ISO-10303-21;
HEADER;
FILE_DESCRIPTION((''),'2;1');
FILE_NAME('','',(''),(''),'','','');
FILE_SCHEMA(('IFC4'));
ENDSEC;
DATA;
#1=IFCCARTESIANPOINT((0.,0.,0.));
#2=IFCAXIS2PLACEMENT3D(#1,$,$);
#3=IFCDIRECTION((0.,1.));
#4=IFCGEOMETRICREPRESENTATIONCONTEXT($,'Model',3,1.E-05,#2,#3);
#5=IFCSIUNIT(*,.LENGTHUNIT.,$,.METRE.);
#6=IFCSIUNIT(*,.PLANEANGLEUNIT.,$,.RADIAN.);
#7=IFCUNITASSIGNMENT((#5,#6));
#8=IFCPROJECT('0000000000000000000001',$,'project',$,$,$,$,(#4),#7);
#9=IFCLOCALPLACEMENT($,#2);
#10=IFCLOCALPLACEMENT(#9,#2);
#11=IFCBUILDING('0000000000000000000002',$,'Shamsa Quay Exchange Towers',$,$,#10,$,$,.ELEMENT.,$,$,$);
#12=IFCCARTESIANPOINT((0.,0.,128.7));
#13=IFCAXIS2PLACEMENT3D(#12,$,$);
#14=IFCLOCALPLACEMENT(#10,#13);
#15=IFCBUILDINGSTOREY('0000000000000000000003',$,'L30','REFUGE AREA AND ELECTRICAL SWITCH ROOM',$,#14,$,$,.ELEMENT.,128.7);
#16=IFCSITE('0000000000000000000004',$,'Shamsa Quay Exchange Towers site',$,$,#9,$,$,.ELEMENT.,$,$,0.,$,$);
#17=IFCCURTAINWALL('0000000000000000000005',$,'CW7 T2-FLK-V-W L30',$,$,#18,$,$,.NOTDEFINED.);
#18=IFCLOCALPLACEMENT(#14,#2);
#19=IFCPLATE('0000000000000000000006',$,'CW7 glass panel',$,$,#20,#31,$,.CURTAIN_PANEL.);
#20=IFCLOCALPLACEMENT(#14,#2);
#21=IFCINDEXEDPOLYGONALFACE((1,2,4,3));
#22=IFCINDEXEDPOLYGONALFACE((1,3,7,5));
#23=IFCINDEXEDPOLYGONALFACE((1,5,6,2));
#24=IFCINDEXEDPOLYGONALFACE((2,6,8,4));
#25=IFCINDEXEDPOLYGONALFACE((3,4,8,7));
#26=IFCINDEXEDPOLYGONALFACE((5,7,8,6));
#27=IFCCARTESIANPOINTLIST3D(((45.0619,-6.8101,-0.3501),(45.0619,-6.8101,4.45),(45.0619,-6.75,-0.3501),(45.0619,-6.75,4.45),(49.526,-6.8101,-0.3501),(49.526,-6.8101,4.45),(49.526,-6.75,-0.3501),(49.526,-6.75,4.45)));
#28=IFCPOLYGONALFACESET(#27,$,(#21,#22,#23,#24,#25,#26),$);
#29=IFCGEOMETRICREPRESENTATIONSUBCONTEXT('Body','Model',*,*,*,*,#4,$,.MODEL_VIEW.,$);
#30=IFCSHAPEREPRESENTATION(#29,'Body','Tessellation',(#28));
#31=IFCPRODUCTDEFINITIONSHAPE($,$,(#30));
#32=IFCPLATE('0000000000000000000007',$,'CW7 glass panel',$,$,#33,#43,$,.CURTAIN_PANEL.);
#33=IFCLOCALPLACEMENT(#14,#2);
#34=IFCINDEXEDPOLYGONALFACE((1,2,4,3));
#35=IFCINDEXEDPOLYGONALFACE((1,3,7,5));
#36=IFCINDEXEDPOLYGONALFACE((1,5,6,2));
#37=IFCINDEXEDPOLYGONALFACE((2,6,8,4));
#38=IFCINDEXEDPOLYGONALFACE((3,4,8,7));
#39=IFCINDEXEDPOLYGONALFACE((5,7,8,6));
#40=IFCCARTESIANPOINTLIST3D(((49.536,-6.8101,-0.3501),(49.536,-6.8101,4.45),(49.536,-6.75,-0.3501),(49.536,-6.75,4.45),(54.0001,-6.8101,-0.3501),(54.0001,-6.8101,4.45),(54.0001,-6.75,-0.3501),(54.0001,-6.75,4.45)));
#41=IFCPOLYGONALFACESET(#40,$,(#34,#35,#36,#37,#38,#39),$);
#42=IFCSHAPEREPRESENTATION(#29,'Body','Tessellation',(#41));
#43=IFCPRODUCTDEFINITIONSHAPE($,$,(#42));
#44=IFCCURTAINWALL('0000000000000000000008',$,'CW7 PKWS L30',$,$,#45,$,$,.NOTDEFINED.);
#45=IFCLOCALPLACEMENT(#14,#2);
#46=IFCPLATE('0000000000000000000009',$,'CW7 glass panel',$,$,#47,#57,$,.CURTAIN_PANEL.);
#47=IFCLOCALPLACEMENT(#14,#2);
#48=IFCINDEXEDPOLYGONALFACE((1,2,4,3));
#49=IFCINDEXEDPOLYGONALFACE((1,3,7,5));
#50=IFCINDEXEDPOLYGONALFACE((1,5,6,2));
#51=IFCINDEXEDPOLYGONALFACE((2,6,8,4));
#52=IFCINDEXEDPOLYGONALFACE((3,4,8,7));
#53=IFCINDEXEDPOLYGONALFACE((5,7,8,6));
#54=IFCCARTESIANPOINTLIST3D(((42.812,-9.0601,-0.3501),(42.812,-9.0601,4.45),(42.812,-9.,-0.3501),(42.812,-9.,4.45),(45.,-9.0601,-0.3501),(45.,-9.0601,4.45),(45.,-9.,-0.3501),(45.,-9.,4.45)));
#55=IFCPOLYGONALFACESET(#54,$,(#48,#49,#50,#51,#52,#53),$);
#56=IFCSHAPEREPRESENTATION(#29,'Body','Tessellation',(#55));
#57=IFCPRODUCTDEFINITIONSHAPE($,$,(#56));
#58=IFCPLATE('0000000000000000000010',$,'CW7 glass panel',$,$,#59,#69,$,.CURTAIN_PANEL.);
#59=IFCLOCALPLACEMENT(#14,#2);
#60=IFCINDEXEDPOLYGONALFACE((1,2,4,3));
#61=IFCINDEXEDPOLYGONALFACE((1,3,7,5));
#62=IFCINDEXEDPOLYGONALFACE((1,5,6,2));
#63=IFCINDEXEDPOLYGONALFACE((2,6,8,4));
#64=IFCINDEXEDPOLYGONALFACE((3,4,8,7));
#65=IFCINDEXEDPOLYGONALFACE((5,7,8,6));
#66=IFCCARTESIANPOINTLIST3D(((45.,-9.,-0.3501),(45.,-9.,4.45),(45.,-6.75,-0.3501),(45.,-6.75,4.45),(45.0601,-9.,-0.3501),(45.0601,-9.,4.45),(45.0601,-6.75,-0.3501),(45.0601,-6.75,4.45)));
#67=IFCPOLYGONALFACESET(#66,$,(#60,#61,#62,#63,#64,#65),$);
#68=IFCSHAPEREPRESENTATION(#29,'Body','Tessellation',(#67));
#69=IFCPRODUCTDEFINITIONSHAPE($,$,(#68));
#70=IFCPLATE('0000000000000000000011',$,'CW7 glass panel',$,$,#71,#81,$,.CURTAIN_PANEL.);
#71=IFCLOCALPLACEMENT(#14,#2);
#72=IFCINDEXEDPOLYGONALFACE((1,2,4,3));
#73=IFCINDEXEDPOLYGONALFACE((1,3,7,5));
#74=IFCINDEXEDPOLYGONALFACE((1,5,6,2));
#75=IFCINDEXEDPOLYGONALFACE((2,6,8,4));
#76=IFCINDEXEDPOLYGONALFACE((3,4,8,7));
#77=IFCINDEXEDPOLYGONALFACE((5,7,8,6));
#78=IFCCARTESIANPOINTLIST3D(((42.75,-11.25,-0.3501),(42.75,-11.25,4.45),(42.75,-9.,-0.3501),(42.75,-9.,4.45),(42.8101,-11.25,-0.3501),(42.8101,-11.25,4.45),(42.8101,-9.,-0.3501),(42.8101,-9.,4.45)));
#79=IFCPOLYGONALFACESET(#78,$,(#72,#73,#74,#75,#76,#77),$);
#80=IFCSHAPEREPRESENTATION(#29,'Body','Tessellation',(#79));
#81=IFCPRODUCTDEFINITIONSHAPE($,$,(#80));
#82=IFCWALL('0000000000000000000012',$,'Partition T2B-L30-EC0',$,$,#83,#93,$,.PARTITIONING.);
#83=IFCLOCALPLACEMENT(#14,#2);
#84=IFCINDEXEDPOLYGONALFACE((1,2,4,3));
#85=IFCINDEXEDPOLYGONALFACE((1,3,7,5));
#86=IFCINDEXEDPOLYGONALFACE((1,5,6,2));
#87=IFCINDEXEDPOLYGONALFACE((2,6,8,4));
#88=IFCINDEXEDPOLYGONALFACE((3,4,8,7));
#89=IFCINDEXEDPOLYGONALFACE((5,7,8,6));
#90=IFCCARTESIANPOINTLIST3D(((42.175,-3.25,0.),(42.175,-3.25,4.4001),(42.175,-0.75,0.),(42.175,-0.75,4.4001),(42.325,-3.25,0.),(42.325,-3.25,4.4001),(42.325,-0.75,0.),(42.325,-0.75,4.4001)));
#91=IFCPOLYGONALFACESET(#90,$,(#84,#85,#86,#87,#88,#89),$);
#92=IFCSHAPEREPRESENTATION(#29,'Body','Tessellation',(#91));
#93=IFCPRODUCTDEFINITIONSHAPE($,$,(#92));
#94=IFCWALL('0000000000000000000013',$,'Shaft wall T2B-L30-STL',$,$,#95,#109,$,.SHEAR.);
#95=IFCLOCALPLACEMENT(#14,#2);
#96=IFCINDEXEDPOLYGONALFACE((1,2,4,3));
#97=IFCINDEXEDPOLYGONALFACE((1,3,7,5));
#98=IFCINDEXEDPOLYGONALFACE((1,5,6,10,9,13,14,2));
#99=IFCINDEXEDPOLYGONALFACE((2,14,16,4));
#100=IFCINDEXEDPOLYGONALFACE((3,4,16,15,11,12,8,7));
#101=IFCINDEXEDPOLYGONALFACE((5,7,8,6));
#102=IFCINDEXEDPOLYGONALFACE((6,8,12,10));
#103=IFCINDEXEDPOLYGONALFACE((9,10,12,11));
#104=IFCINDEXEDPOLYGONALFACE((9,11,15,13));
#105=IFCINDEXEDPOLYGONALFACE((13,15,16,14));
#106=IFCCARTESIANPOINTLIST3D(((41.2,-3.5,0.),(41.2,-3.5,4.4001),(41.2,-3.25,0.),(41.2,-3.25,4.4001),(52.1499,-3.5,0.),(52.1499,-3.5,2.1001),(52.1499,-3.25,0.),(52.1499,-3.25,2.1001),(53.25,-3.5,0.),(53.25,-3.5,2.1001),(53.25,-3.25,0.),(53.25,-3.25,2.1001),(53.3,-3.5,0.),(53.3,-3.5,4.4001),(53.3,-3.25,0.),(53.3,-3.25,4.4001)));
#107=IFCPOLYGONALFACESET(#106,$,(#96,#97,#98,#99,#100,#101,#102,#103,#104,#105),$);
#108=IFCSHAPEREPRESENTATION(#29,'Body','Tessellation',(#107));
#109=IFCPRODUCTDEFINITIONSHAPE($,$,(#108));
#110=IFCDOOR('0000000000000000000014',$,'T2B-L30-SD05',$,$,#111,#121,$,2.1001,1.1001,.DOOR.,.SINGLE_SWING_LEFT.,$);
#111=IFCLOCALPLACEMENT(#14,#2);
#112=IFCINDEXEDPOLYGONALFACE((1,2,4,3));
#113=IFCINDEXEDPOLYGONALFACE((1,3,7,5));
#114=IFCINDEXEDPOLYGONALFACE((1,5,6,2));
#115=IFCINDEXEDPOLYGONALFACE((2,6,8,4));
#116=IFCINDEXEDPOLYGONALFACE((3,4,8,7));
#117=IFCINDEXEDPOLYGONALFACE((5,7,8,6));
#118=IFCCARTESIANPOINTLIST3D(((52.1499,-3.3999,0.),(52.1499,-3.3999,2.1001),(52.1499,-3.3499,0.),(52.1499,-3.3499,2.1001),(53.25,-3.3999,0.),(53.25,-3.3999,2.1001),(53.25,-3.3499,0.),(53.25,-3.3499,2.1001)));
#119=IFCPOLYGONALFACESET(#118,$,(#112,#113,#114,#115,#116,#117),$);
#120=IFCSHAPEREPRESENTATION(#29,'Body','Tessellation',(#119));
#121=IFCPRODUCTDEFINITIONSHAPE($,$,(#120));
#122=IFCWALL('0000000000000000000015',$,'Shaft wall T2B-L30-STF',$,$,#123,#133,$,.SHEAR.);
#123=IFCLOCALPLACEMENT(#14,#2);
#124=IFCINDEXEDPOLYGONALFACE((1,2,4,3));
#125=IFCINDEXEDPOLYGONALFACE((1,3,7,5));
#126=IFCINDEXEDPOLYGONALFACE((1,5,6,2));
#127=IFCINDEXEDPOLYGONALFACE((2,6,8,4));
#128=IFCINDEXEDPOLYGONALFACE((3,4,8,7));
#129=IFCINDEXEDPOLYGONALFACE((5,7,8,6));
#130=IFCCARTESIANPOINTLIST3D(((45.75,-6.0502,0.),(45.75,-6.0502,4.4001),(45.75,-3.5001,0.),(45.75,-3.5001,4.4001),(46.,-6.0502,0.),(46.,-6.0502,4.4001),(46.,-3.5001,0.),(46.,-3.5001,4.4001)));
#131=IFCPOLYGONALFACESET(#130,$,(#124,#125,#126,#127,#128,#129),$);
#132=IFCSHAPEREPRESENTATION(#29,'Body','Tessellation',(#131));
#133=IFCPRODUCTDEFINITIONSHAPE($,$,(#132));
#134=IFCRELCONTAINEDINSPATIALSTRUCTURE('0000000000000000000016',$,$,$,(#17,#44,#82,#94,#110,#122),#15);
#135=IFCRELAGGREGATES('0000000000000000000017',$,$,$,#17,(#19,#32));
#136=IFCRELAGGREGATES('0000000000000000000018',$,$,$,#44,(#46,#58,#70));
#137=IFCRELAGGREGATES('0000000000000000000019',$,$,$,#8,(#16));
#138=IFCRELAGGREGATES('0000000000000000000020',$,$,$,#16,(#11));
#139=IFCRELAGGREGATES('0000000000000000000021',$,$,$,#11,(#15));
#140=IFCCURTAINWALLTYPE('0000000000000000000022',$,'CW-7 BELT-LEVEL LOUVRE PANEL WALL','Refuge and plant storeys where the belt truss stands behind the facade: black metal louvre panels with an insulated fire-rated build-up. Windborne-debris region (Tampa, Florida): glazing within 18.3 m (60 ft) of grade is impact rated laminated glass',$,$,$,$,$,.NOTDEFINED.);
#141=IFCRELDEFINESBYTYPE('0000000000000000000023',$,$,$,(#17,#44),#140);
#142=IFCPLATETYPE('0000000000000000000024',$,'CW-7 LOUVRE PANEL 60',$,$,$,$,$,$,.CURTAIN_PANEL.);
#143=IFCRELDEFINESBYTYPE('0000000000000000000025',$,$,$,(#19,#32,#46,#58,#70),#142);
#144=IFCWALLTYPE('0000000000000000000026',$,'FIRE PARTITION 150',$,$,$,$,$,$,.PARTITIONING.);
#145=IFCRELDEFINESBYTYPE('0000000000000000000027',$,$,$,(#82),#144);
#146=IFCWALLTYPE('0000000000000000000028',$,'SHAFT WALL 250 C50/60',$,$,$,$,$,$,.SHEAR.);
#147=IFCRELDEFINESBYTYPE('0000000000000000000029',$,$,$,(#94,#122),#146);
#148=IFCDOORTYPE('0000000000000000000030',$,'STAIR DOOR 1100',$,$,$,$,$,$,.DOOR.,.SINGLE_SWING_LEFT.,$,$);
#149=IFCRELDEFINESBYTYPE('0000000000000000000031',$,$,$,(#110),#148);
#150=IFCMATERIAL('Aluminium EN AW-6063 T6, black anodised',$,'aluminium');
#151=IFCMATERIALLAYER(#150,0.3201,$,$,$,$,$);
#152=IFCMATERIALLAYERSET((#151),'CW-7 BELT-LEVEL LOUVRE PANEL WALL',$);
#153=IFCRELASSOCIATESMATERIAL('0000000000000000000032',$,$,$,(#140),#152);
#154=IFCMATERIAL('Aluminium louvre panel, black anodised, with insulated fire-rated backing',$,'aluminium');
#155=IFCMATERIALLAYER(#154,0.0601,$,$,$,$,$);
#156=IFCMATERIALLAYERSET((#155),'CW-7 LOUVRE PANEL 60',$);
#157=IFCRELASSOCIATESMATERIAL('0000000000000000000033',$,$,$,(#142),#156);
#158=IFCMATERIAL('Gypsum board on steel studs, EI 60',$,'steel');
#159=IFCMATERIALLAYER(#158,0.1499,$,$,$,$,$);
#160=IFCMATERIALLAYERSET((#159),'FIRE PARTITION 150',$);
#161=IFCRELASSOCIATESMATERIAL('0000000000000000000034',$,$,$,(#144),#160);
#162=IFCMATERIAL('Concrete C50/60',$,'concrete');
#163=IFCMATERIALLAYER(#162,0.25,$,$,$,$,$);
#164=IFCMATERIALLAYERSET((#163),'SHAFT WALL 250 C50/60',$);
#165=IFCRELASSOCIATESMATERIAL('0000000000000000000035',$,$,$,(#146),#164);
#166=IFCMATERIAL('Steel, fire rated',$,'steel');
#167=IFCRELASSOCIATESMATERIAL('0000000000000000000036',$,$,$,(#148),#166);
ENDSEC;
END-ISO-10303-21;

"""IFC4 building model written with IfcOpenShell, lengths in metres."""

from ifc_helpers import new_model, si_unit, direction, frame, frame_2d, origin, origin_2d, place, context, subcontext, project, spatial, rectangle, extrude, material, layer, layer_set, type_object, element, fill, aggregate, save


model = new_model("IFC4")

# Units and contexts
model_context = context("Model", 3, precision=1e-05, world=origin(), true_north=direction((0.0, 1.0)))
body_context = subcontext(model_context, "Body", "Model", "MODEL_VIEW")
ifc_project = project(units=[si_unit("LENGTHUNIT", "METRE"), si_unit("PLANEANGLEUNIT", "RADIAN")], contexts=[model_context])

# Site, building, storey
site_placement = place(None, origin())
site = spatial("IfcSite", under=ifc_project, at=site_placement, Name="Shamsa Quay Exchange Towers site", CompositionType="ELEMENT", RefElevation=0.0)
building_placement = place(site_placement, origin())
building = spatial("IfcBuilding", under=site, at=building_placement, Name="Shamsa Quay Exchange Towers", CompositionType="ELEMENT")
storey_placement = place(building_placement, frame((0.0, 0.0, 128.7)))
storey = spatial("IfcBuildingStorey", under=building, at=storey_placement, Name="L30", Description="REFUGE AREA AND ELECTRICAL SWITCH ROOM", CompositionType="ELEMENT", Elevation=128.7)

# Curtain walls, plates
ifc_material_1 = material(Name="Aluminium EN AW-6063 T6, black anodised", Category="aluminium")
ifc_layer_1 = layer(ifc_material_1, 0.3201)
ifc_layer_set_1 = layer_set([ifc_layer_1], Name="CW-7 BELT-LEVEL LOUVRE PANEL WALL")
curtain_wall_type = type_object("IfcCurtainWallType", Name="CW-7 BELT-LEVEL LOUVRE PANEL WALL", Description="Refuge and plant storeys where the belt truss stands behind the facade: black metal louvre panels with an insulated fire-rated build-up. Windborne-debris region (Tampa, Florida): glazing within 18.3 m (60 ft) of grade is impact rated laminated glass", PredefinedType="NOTDEFINED", material=ifc_layer_set_1)
curtain_wall_1_placement = place(storey_placement, origin())
curtain_wall_1 = element("IfcCurtainWall", 1, at=curtain_wall_1_placement, inside=storey, type_object=curtain_wall_type, Name="CW7 T2-FLK-V-W L30", PredefinedType="NOTDEFINED")
ifc_material_2 = material(Name="Aluminium louvre panel, black anodised, with insulated fire-rated backing", Category="aluminium")
ifc_layer_2 = layer(ifc_material_2, 0.0601)
ifc_layer_set_2 = layer_set([ifc_layer_2], Name="CW-7 LOUVRE PANEL 60")
plate_type = type_object("IfcPlateType", Name="CW-7 LOUVRE PANEL 60", PredefinedType="CURTAIN_PANEL", material=ifc_layer_set_2)
plate_1_placement = place(storey_placement, frame((47.2939, -6.78, -0.3501)))
plate_1 = element("IfcPlate", 2, at=plate_1_placement, type_object=plate_type, Name="CW7 glass panel", PredefinedType="CURTAIN_PANEL", context=body_context, shape_type="SweptSolid", body=[
    extrude(rectangle(XDim=4.4641, YDim=0.0601, at=origin_2d()), origin(), (0.0, 0.0, 1.0), 4.8),
])
plate_2_placement = place(storey_placement, frame((51.7681, -6.78, -0.3501)))
plate_2 = element("IfcPlate", 3, at=plate_2_placement, type_object=plate_type, Name="CW7 glass panel", PredefinedType="CURTAIN_PANEL", context=body_context, shape_type="SweptSolid", body=[
    extrude(rectangle(XDim=4.4641, YDim=0.0601, at=origin_2d()), origin(), (0.0, 0.0, 1.0), 4.8),
])
aggregate(curtain_wall_1, [plate_1, plate_2])
curtain_wall_2_placement = place(storey_placement, origin())
curtain_wall_2 = element("IfcCurtainWall", 4, at=curtain_wall_2_placement, inside=storey, type_object=curtain_wall_type, Name="CW7 PKWS L30", PredefinedType="NOTDEFINED")
plate_3_placement = place(storey_placement, frame((43.906, -9.03, -0.3501)))
plate_3 = element("IfcPlate", 5, at=plate_3_placement, type_object=plate_type, Name="CW7 glass panel", PredefinedType="CURTAIN_PANEL", context=body_context, shape_type="SweptSolid", body=[
    extrude(rectangle(XDim=2.188, YDim=0.0601, at=origin_2d()), origin(), (0.0, 0.0, 1.0), 4.8),
])
plate_4_placement = place(storey_placement, frame((45.03, -7.875, -0.3501), z_axis=(0.0, 0.0, 1.0), x_axis=(0.0, 1.0, 0.0)))
plate_4 = element("IfcPlate", 6, at=plate_4_placement, type_object=plate_type, Name="CW7 glass panel", PredefinedType="CURTAIN_PANEL", context=body_context, shape_type="SweptSolid", body=[
    extrude(rectangle(XDim=2.25, YDim=0.0601, at=origin_2d()), origin(), (0.0, 0.0, 1.0), 4.8),
])
plate_5_placement = place(storey_placement, frame((42.78, -10.125, -0.3501), z_axis=(0.0, 0.0, 1.0), x_axis=(0.0, 1.0, 0.0)))
plate_5 = element("IfcPlate", 7, at=plate_5_placement, type_object=plate_type, Name="CW7 glass panel", PredefinedType="CURTAIN_PANEL", context=body_context, shape_type="SweptSolid", body=[
    extrude(rectangle(XDim=2.25, YDim=0.0601, at=origin_2d()), origin(), (0.0, 0.0, 1.0), 4.8),
])
aggregate(curtain_wall_2, [plate_3, plate_4, plate_5])

# Shared definitions
ifc_material_3 = material(Name="Steel, fire rated", Category="steel")

# Wall
ifc_material_4 = material(Name="Gypsum board on steel studs, EI 60", Category="steel")
ifc_layer_3 = layer(ifc_material_4, 0.1499)
ifc_layer_set_3 = layer_set([ifc_layer_3], Name="FIRE PARTITION 150")
wall_type_1 = type_object("IfcWallType", Name="FIRE PARTITION 150", PredefinedType="PARTITIONING", material=ifc_layer_set_3)
wall_1_placement = place(storey_placement, frame((42.25, -3.25, 0.0), z_axis=(0.0, 0.0, 1.0), x_axis=(0.0, 1.0, 0.0)))
element("IfcWall", 8, at=wall_1_placement, inside=storey, type_object=wall_type_1, Name="Partition T2B-L30-EC0", PredefinedType="PARTITIONING", context=body_context, shape_type="SweptSolid", body=[
    extrude(rectangle(XDim=2.5, YDim=0.1499, at=frame_2d((1.25, 0.0))), origin(), (0.0, 0.0, 1.0), 4.4001),
])

# Wall, opening, door
ifc_material_5 = material(Name="Concrete C50/60", Category="concrete")
ifc_layer_4 = layer(ifc_material_5, 0.25)
ifc_layer_set_4 = layer_set([ifc_layer_4], Name="SHAFT WALL 250 C50/60")
wall_type_2 = type_object("IfcWallType", Name="SHAFT WALL 250 C50/60", PredefinedType="SHEAR", material=ifc_layer_set_4)
wall_2_placement = place(storey_placement, frame((53.3, -3.375, 0.0), z_axis=(0.0, 0.0, 1.0), x_axis=(-1.0, 0.0, 0.0)))
wall_2 = element("IfcWall", 9, at=wall_2_placement, inside=storey, type_object=wall_type_2, Name="Shaft wall T2B-L30-STL", PredefinedType="SHEAR", context=body_context, shape_type="SweptSolid", body=[
    extrude(rectangle(XDim=12.1001, YDim=0.25, at=frame_2d((6.05, 0.0))), origin(), (0.0, 0.0, 1.0), 4.4001),
])
opening_1_placement = place(wall_2_placement, frame((0.05, 0.0, 0.0)))
opening_1 = element("IfcOpeningElement", 10, at=opening_1_placement, cuts=wall_2, PredefinedType="OPENING", context=body_context, shape_type="SweptSolid", body=[
    extrude(rectangle(XDim=1.1001, YDim=2.1001, at=frame_2d((0.55, 1.05))), frame((0.0, 0.135, 0.0), z_axis=(0.0, -1.0, 0.0), x_axis=(1.0, 0.0, 0.0)), (0.0, 0.0, 1.0), 0.27),
])
door_type_1 = type_object("IfcDoorType", Name="STAIR DOOR 1100", OperationType="SINGLE_SWING_LEFT", PredefinedType="DOOR", material=ifc_material_3)
door_1_placement = place(opening_1_placement, origin())
door_1 = element("IfcDoor", 11, at=door_1_placement, inside=storey, type_object=door_type_1, Name="T2B-L30-SD05", OperationType="SINGLE_SWING_LEFT", OverallHeight=2.1001, OverallWidth=1.1001, PredefinedType="DOOR", context=body_context, shape_type="SweptSolid", body=[
    extrude(rectangle(XDim=1.1001, YDim=2.1001, at=frame_2d((0.55, 1.05))), frame((0.0, 0.0249, 0.0), z_axis=(0.0, -1.0, 0.0), x_axis=(1.0, 0.0, 0.0)), (0.0, 0.0, 1.0), 0.05),
])
fill(opening_1, door_1)

# Wall
wall_3_placement = place(storey_placement, frame((45.875, -6.05, 0.0), z_axis=(0.0, 0.0, 1.0), x_axis=(0.0, 1.0, 0.0)))
element("IfcWall", 12, at=wall_3_placement, inside=storey, type_object=wall_type_2, Name="Shaft wall T2B-L30-STF", PredefinedType="SHEAR", context=body_context, shape_type="SweptSolid", body=[
    extrude(rectangle(XDim=2.55, YDim=0.25, at=frame_2d((1.2749, 0.0))), origin(), (0.0, 0.0, 1.0), 4.4001),
])

save(model, "model.ifc")
